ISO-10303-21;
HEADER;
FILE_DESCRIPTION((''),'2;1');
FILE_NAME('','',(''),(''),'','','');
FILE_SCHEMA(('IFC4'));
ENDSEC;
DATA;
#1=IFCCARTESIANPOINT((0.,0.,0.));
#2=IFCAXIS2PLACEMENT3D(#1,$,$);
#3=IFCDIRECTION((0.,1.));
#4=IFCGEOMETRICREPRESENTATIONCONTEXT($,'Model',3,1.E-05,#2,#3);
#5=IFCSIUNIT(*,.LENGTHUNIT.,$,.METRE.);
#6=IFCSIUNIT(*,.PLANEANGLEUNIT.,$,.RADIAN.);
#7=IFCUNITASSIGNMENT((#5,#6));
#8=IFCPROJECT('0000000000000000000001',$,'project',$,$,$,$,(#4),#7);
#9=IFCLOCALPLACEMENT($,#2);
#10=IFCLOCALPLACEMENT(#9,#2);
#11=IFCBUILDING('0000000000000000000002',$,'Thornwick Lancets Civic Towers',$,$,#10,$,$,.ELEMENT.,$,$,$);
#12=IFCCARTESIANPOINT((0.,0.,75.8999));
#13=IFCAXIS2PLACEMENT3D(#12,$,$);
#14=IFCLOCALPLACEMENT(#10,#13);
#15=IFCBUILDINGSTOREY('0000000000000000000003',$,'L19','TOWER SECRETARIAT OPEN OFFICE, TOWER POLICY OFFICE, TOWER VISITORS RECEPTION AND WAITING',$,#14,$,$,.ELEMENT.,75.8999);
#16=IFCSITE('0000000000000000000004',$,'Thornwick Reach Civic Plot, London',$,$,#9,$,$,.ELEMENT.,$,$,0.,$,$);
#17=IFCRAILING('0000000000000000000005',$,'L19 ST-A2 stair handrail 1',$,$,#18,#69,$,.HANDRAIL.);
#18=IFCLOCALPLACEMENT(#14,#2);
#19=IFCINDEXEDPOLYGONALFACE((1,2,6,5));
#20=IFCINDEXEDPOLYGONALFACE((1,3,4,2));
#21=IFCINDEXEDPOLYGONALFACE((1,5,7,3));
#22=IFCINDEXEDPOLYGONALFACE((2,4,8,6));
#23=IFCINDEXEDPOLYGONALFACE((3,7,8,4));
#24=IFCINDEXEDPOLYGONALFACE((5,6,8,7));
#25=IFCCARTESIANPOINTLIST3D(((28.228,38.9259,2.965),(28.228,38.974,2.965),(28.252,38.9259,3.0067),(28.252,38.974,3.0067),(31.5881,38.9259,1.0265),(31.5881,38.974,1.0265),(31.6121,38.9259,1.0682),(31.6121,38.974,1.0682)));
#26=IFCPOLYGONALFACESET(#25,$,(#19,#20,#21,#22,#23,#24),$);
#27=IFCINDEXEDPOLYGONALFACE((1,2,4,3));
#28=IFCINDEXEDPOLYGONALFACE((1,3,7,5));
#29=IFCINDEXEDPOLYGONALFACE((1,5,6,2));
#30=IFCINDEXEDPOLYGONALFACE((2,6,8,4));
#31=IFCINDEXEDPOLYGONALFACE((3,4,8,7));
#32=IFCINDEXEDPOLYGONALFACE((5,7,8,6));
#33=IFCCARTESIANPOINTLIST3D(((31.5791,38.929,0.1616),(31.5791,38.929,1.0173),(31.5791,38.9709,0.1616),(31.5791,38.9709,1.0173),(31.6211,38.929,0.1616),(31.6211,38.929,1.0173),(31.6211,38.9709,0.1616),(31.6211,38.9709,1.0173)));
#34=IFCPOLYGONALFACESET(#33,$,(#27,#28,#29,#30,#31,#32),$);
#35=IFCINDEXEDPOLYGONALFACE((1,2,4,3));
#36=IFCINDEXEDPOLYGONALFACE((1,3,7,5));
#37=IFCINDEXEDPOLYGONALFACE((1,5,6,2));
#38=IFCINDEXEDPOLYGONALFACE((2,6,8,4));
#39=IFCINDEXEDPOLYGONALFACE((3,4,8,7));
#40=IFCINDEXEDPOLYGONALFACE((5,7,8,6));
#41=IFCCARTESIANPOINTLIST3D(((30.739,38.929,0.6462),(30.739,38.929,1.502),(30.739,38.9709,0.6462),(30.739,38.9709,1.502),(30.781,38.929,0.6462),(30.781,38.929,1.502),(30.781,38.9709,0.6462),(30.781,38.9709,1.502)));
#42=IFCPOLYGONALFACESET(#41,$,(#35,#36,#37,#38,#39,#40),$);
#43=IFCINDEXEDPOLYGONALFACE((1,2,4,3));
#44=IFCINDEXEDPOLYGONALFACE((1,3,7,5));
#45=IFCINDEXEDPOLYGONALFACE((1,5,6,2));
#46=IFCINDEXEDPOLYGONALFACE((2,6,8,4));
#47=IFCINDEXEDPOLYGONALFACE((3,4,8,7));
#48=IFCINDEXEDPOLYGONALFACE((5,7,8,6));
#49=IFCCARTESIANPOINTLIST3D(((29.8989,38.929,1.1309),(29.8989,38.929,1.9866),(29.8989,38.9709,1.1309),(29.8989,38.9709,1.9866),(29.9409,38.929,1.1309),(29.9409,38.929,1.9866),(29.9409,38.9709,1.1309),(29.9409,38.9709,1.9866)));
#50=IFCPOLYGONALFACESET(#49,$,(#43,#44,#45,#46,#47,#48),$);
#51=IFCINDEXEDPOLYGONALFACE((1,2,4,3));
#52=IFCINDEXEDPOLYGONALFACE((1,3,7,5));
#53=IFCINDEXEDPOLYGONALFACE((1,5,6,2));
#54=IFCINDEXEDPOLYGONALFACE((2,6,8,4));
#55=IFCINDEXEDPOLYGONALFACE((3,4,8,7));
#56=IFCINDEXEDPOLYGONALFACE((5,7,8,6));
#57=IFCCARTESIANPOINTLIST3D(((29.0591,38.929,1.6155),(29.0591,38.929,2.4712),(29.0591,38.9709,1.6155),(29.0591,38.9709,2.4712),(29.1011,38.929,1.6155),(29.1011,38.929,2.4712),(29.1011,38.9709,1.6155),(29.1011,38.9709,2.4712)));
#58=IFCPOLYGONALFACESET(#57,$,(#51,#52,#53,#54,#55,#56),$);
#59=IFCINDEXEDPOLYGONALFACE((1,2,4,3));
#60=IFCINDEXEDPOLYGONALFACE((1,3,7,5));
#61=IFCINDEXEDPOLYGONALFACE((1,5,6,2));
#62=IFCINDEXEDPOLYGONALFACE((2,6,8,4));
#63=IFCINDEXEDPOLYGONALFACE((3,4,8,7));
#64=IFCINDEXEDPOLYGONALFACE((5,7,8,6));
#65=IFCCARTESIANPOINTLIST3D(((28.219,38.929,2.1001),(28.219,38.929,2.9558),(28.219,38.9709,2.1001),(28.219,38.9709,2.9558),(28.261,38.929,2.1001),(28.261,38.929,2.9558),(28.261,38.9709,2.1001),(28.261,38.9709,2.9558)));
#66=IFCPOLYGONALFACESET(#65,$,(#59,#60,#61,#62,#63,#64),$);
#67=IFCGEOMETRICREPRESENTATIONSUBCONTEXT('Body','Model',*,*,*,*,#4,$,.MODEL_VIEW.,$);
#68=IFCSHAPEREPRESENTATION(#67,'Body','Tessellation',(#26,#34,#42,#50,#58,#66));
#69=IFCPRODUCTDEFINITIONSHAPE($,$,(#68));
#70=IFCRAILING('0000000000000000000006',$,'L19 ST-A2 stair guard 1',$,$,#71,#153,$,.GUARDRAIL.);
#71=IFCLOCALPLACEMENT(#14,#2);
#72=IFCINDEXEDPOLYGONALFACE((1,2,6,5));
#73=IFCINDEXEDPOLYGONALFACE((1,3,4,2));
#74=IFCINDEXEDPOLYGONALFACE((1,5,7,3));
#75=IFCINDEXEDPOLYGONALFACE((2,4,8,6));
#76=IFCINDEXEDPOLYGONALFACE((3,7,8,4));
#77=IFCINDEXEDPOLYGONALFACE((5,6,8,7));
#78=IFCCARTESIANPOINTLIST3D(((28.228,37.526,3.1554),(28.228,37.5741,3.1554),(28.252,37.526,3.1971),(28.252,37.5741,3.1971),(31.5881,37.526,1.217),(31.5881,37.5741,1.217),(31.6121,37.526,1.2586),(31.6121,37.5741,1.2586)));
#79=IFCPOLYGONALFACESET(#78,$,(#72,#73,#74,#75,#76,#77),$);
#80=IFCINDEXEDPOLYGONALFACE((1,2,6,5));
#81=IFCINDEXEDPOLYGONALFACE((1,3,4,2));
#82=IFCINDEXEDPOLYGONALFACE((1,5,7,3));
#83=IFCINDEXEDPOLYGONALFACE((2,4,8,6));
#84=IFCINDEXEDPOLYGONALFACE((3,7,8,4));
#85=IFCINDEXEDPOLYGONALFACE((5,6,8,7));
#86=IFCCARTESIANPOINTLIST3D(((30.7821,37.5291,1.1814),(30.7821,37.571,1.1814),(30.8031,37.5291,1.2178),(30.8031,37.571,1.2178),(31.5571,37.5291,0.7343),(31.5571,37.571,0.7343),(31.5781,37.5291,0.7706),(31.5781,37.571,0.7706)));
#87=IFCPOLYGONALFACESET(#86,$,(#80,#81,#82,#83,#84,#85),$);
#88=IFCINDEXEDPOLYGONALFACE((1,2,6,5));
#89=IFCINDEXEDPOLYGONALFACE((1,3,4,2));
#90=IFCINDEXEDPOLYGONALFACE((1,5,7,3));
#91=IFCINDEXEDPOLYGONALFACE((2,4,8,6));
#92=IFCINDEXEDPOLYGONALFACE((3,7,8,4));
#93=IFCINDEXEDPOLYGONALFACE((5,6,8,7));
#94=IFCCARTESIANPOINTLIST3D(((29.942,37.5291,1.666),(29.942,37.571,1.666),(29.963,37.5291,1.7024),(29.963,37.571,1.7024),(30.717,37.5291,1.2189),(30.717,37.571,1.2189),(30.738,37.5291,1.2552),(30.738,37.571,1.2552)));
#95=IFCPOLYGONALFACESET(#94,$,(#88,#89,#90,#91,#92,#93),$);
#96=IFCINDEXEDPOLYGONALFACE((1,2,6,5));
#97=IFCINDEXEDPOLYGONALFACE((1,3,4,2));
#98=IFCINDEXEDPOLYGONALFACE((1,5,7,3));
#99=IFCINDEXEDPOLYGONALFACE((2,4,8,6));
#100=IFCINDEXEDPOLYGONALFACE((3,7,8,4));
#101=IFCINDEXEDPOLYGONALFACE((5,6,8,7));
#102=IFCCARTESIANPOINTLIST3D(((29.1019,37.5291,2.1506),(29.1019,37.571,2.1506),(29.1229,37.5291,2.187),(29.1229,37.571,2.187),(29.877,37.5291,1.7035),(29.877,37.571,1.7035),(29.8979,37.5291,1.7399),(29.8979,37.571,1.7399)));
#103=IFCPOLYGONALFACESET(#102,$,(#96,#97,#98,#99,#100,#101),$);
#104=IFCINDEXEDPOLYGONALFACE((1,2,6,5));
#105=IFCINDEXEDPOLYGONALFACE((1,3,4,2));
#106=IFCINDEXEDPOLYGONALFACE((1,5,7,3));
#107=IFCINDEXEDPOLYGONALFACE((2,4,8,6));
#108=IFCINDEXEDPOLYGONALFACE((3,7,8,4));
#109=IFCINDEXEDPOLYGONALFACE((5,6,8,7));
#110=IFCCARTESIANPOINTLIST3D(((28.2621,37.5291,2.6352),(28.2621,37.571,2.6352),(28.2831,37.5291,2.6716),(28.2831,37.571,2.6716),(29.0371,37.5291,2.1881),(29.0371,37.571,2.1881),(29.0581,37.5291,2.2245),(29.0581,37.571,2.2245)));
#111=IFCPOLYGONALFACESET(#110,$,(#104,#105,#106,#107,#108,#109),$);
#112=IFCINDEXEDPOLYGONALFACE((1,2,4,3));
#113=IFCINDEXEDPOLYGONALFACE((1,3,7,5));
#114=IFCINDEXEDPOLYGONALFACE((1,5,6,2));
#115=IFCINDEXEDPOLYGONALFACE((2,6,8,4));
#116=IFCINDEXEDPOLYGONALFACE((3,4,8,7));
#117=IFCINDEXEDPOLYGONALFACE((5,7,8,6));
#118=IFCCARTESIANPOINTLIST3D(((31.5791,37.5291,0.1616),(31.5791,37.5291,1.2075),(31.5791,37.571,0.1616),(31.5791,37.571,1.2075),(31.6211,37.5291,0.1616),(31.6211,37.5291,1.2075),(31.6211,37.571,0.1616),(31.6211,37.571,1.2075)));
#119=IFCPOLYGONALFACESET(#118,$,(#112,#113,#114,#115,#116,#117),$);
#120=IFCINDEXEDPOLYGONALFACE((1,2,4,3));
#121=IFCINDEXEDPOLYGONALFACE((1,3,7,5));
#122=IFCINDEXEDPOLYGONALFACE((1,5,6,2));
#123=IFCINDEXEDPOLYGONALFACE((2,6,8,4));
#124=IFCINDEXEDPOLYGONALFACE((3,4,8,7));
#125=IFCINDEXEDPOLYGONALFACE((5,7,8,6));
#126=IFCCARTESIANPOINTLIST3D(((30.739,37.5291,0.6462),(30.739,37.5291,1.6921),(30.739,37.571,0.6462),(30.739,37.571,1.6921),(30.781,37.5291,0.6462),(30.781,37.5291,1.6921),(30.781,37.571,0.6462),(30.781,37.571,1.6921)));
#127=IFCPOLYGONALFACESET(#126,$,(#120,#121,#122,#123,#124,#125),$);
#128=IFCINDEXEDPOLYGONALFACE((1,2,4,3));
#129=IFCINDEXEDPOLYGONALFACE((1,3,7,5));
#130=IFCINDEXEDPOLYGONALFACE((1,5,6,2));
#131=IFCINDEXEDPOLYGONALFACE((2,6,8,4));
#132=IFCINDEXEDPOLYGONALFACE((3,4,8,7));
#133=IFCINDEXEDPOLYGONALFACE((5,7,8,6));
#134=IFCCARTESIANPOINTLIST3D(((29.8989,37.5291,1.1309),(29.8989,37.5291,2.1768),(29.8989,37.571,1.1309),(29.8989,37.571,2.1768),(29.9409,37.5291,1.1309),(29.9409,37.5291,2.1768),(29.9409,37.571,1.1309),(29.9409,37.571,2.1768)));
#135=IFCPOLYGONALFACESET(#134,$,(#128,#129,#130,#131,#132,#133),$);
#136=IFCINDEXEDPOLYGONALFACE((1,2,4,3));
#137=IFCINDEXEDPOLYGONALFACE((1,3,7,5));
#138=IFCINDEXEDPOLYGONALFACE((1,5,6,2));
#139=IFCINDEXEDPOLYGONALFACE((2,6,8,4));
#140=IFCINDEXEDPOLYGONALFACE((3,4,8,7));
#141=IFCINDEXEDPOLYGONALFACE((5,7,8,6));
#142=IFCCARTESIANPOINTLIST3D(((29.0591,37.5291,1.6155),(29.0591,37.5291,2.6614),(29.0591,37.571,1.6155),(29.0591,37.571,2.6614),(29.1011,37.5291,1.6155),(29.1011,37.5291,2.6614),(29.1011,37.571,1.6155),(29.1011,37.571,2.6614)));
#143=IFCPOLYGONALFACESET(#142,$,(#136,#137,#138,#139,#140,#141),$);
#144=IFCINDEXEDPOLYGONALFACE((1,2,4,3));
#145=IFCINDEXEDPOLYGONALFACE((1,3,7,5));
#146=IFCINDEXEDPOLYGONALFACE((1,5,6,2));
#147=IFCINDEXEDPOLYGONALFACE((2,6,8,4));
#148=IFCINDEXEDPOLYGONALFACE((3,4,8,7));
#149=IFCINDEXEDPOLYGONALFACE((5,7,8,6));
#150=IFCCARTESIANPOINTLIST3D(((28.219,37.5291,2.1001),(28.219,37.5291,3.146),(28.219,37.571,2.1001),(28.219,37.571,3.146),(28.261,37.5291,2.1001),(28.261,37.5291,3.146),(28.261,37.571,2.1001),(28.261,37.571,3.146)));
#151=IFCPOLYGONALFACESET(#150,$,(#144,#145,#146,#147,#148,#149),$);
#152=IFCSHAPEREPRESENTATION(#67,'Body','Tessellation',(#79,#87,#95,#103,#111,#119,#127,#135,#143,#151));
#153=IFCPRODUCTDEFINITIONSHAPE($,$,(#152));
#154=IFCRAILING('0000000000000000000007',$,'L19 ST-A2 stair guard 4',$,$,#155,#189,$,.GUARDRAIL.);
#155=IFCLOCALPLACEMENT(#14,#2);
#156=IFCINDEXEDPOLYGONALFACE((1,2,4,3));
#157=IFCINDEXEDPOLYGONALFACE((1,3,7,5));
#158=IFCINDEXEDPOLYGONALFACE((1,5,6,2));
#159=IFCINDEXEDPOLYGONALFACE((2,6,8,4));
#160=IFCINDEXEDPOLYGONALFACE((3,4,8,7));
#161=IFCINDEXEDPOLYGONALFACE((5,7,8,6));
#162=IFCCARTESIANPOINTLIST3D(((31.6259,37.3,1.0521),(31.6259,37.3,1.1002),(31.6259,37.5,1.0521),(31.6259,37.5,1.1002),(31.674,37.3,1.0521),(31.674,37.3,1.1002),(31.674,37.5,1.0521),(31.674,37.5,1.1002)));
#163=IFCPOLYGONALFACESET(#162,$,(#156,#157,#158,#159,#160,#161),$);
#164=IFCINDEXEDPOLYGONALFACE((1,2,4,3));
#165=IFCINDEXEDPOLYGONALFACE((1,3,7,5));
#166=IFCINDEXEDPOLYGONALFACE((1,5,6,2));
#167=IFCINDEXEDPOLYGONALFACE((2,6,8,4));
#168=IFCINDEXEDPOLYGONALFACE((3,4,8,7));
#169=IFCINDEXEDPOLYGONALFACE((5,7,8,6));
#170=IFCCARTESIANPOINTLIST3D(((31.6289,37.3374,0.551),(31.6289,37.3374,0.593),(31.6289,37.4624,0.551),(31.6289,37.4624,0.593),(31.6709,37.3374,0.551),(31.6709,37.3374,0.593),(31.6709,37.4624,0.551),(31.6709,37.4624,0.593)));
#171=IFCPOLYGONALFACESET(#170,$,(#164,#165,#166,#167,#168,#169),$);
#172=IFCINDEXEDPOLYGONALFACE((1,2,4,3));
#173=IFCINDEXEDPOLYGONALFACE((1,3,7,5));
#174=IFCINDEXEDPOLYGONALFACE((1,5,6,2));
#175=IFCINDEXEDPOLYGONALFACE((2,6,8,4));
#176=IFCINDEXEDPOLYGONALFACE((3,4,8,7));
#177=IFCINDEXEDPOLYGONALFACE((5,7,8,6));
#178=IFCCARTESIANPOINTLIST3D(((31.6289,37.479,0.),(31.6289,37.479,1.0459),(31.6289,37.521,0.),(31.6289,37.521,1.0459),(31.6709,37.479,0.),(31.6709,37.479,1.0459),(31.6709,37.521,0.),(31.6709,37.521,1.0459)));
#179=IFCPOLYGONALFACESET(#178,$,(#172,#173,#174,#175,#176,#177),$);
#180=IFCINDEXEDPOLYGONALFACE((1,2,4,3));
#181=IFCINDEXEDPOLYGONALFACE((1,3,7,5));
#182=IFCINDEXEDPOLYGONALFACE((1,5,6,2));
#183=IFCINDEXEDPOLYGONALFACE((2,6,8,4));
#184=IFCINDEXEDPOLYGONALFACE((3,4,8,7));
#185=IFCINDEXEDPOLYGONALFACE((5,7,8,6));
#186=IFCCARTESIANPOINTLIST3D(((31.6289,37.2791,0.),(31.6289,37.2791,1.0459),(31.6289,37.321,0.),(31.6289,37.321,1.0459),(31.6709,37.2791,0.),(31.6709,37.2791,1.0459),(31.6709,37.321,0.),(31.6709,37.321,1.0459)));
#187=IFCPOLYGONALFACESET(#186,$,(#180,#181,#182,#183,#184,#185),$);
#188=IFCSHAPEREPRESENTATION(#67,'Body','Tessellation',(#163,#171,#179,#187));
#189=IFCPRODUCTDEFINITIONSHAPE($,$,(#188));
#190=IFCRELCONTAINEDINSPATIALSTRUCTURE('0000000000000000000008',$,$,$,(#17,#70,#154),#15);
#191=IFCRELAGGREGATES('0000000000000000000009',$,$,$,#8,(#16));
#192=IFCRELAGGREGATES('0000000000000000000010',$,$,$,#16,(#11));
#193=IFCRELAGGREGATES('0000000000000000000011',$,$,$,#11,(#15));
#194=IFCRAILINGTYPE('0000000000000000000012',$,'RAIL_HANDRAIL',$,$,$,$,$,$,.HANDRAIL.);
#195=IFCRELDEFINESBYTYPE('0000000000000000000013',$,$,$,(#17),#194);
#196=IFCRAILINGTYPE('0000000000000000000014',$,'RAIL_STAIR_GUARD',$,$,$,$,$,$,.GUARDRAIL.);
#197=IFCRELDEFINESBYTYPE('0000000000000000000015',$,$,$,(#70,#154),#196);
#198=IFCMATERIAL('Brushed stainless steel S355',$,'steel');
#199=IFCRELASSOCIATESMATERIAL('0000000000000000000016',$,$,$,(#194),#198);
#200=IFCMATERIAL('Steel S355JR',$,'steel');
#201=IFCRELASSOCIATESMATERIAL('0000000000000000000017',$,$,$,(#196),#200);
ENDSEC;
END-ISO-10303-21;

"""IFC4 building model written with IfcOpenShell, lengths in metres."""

from ifc_helpers import new_model, si_unit, direction, frame, origin, origin_2d, place, context, subcontext, project, spatial, rectangle, extrude, material, type_object, element, save


model = new_model("IFC4")

# Units and contexts
model_context = context("Model", 3, precision=1e-05, world=origin(), true_north=direction((0.0, 1.0)))
body_context = subcontext(model_context, "Body", "Model", "MODEL_VIEW")
ifc_project = project(units=[si_unit("LENGTHUNIT", "METRE"), si_unit("PLANEANGLEUNIT", "RADIAN")], contexts=[model_context])

# Site, building, storey
site_placement = place(None, origin())
site = spatial("IfcSite", under=ifc_project, at=site_placement, Name="Thornwick Reach Civic Plot, London", CompositionType="ELEMENT", RefElevation=0.0)
building_placement = place(site_placement, origin())
building = spatial("IfcBuilding", under=site, at=building_placement, Name="Thornwick Lancets Civic Towers", CompositionType="ELEMENT")
storey_placement = place(building_placement, frame((0.0, 0.0, 75.8999)))
storey = spatial("IfcBuildingStorey", under=building, at=storey_placement, Name="L19", Description="TOWER SECRETARIAT OPEN OFFICE, TOWER POLICY OFFICE, TOWER VISITORS RECEPTION AND WAITING", CompositionType="ELEMENT", Elevation=75.8999)

# Shared definitions
ifc_material_1 = material(Name="Steel S355JR", Category="steel")

# Railings
ifc_material_2 = material(Name="Brushed stainless steel S355", Category="steel")
railing_type_1 = type_object("IfcRailingType", Name="RAIL_HANDRAIL", PredefinedType="HANDRAIL", material=ifc_material_2)
railing_1_placement = place(storey_placement, frame((31.6001, 38.95, 0.1616)))
element("IfcRailing", 1, at=railing_1_placement, inside=storey, type_object=railing_type_1, Name="L19 ST-A2 stair handrail 1", PredefinedType="HANDRAIL", context=body_context, shape_type="SweptSolid", body=[
    extrude(rectangle(XDim=0.0481, YDim=0.0481, at=origin_2d()), frame((0.0, 0.0, 0.8857), z_axis=(-0.866191, 0.0, 0.499713), x_axis=(0.0, -1.0, 0.0)), (0.0, 0.0, 1.0), 3.8792),
    extrude(rectangle(XDim=0.042, YDim=0.042, at=origin_2d()), origin(), (0.0, 0.0, 1.0), 0.8557),
    extrude(rectangle(XDim=0.042, YDim=0.042, at=origin_2d()), frame((-0.8401, 0.0, 0.4846)), (0.0, 0.0, 1.0), 0.8557),
    extrude(rectangle(XDim=0.042, YDim=0.042, at=origin_2d()), frame((-1.6802, 0.0, 0.9692)), (0.0, 0.0, 1.0), 0.8557),
    extrude(rectangle(XDim=0.042, YDim=0.042, at=origin_2d()), frame((-2.52, 0.0, 1.4539)), (0.0, 0.0, 1.0), 0.8557),
    extrude(rectangle(XDim=0.042, YDim=0.042, at=origin_2d()), frame((-3.3601, 0.0, 1.9385)), (0.0, 0.0, 1.0), 0.8557),
])
railing_type_2 = type_object("IfcRailingType", Name="RAIL_STAIR_GUARD", PredefinedType="GUARDRAIL", material=ifc_material_1)
railing_2_placement = place(storey_placement, frame((31.6001, 37.55, 0.1616)))
element("IfcRailing", 2, at=railing_2_placement, inside=storey, type_object=railing_type_2, Name="L19 ST-A2 stair guard 1", PredefinedType="GUARDRAIL", context=body_context, shape_type="SweptSolid", body=[
    extrude(rectangle(XDim=0.0481, YDim=0.0481, at=origin_2d()), frame((0.0, 0.0, 1.0762), z_axis=(-0.866191, 0.0, 0.499713), x_axis=(0.0, -1.0, 0.0)), (0.0, 0.0, 1.0), 3.8792),
    extrude(rectangle(XDim=0.042, YDim=0.042, at=origin_2d()), frame((-0.0325, 0.0, 0.5908), z_axis=(-0.866191, 0.0, 0.499713), x_axis=(0.0, -1.0, 0.0)), (0.0, 0.0, 1.0), 0.8948),
    extrude(rectangle(XDim=0.042, YDim=0.042, at=origin_2d()), frame((-0.8726, 0.0, 1.0754), z_axis=(-0.866191, 0.0, 0.499713), x_axis=(0.0, -1.0, 0.0)), (0.0, 0.0, 1.0), 0.8948),
    extrude(rectangle(XDim=0.042, YDim=0.042, at=origin_2d()), frame((-1.7126, 0.0, 1.5601), z_axis=(-0.866191, 0.0, 0.499713), x_axis=(0.0, -1.0, 0.0)), (0.0, 0.0, 1.0), 0.8948),
    extrude(rectangle(XDim=0.042, YDim=0.042, at=origin_2d()), frame((-2.5525, 0.0, 2.0447), z_axis=(-0.866191, 0.0, 0.499713), x_axis=(0.0, -1.0, 0.0)), (0.0, 0.0, 1.0), 0.8948),
    extrude(rectangle(XDim=0.042, YDim=0.042, at=origin_2d()), origin(), (0.0, 0.0, 1.0), 1.0459),
    extrude(rectangle(XDim=0.042, YDim=0.042, at=origin_2d()), frame((-0.8401, 0.0, 0.4846)), (0.0, 0.0, 1.0), 1.0459),
    extrude(rectangle(XDim=0.042, YDim=0.042, at=origin_2d()), frame((-1.6802, 0.0, 0.9692)), (0.0, 0.0, 1.0), 1.0459),
    extrude(rectangle(XDim=0.042, YDim=0.042, at=origin_2d()), frame((-2.52, 0.0, 1.4539)), (0.0, 0.0, 1.0), 1.0459),
    extrude(rectangle(XDim=0.042, YDim=0.042, at=origin_2d()), frame((-3.3601, 0.0, 1.9385)), (0.0, 0.0, 1.0), 1.0459),
])
railing_3_placement = place(storey_placement, frame((31.6499, 37.5, 0.0)))
element("IfcRailing", 3, at=railing_3_placement, inside=storey, type_object=railing_type_2, Name="L19 ST-A2 stair guard 4", PredefinedType="GUARDRAIL", context=body_context, shape_type="SweptSolid", body=[
    extrude(rectangle(XDim=0.0481, YDim=0.0481, at=origin_2d()), frame((0.0, 0.0, 1.0762), z_axis=(0.0, -1.0, 0.0), x_axis=(1.0, 0.0, 0.0)), (0.0, 0.0, 1.0), 0.2),
    extrude(rectangle(XDim=0.042, YDim=0.042, at=origin_2d()), frame((0.0, -0.0376, 0.572), z_axis=(0.0, -1.0, 0.0), x_axis=(1.0, 0.0, 0.0)), (0.0, 0.0, 1.0), 0.125),
    extrude(rectangle(XDim=0.042, YDim=0.042, at=origin_2d()), origin(), (0.0, 0.0, 1.0), 1.0459),
    extrude(rectangle(XDim=0.042, YDim=0.042, at=origin_2d()), frame((0.0, -0.2, 0.0)), (0.0, 0.0, 1.0), 1.0459),
])

save(model, "model.ifc")
